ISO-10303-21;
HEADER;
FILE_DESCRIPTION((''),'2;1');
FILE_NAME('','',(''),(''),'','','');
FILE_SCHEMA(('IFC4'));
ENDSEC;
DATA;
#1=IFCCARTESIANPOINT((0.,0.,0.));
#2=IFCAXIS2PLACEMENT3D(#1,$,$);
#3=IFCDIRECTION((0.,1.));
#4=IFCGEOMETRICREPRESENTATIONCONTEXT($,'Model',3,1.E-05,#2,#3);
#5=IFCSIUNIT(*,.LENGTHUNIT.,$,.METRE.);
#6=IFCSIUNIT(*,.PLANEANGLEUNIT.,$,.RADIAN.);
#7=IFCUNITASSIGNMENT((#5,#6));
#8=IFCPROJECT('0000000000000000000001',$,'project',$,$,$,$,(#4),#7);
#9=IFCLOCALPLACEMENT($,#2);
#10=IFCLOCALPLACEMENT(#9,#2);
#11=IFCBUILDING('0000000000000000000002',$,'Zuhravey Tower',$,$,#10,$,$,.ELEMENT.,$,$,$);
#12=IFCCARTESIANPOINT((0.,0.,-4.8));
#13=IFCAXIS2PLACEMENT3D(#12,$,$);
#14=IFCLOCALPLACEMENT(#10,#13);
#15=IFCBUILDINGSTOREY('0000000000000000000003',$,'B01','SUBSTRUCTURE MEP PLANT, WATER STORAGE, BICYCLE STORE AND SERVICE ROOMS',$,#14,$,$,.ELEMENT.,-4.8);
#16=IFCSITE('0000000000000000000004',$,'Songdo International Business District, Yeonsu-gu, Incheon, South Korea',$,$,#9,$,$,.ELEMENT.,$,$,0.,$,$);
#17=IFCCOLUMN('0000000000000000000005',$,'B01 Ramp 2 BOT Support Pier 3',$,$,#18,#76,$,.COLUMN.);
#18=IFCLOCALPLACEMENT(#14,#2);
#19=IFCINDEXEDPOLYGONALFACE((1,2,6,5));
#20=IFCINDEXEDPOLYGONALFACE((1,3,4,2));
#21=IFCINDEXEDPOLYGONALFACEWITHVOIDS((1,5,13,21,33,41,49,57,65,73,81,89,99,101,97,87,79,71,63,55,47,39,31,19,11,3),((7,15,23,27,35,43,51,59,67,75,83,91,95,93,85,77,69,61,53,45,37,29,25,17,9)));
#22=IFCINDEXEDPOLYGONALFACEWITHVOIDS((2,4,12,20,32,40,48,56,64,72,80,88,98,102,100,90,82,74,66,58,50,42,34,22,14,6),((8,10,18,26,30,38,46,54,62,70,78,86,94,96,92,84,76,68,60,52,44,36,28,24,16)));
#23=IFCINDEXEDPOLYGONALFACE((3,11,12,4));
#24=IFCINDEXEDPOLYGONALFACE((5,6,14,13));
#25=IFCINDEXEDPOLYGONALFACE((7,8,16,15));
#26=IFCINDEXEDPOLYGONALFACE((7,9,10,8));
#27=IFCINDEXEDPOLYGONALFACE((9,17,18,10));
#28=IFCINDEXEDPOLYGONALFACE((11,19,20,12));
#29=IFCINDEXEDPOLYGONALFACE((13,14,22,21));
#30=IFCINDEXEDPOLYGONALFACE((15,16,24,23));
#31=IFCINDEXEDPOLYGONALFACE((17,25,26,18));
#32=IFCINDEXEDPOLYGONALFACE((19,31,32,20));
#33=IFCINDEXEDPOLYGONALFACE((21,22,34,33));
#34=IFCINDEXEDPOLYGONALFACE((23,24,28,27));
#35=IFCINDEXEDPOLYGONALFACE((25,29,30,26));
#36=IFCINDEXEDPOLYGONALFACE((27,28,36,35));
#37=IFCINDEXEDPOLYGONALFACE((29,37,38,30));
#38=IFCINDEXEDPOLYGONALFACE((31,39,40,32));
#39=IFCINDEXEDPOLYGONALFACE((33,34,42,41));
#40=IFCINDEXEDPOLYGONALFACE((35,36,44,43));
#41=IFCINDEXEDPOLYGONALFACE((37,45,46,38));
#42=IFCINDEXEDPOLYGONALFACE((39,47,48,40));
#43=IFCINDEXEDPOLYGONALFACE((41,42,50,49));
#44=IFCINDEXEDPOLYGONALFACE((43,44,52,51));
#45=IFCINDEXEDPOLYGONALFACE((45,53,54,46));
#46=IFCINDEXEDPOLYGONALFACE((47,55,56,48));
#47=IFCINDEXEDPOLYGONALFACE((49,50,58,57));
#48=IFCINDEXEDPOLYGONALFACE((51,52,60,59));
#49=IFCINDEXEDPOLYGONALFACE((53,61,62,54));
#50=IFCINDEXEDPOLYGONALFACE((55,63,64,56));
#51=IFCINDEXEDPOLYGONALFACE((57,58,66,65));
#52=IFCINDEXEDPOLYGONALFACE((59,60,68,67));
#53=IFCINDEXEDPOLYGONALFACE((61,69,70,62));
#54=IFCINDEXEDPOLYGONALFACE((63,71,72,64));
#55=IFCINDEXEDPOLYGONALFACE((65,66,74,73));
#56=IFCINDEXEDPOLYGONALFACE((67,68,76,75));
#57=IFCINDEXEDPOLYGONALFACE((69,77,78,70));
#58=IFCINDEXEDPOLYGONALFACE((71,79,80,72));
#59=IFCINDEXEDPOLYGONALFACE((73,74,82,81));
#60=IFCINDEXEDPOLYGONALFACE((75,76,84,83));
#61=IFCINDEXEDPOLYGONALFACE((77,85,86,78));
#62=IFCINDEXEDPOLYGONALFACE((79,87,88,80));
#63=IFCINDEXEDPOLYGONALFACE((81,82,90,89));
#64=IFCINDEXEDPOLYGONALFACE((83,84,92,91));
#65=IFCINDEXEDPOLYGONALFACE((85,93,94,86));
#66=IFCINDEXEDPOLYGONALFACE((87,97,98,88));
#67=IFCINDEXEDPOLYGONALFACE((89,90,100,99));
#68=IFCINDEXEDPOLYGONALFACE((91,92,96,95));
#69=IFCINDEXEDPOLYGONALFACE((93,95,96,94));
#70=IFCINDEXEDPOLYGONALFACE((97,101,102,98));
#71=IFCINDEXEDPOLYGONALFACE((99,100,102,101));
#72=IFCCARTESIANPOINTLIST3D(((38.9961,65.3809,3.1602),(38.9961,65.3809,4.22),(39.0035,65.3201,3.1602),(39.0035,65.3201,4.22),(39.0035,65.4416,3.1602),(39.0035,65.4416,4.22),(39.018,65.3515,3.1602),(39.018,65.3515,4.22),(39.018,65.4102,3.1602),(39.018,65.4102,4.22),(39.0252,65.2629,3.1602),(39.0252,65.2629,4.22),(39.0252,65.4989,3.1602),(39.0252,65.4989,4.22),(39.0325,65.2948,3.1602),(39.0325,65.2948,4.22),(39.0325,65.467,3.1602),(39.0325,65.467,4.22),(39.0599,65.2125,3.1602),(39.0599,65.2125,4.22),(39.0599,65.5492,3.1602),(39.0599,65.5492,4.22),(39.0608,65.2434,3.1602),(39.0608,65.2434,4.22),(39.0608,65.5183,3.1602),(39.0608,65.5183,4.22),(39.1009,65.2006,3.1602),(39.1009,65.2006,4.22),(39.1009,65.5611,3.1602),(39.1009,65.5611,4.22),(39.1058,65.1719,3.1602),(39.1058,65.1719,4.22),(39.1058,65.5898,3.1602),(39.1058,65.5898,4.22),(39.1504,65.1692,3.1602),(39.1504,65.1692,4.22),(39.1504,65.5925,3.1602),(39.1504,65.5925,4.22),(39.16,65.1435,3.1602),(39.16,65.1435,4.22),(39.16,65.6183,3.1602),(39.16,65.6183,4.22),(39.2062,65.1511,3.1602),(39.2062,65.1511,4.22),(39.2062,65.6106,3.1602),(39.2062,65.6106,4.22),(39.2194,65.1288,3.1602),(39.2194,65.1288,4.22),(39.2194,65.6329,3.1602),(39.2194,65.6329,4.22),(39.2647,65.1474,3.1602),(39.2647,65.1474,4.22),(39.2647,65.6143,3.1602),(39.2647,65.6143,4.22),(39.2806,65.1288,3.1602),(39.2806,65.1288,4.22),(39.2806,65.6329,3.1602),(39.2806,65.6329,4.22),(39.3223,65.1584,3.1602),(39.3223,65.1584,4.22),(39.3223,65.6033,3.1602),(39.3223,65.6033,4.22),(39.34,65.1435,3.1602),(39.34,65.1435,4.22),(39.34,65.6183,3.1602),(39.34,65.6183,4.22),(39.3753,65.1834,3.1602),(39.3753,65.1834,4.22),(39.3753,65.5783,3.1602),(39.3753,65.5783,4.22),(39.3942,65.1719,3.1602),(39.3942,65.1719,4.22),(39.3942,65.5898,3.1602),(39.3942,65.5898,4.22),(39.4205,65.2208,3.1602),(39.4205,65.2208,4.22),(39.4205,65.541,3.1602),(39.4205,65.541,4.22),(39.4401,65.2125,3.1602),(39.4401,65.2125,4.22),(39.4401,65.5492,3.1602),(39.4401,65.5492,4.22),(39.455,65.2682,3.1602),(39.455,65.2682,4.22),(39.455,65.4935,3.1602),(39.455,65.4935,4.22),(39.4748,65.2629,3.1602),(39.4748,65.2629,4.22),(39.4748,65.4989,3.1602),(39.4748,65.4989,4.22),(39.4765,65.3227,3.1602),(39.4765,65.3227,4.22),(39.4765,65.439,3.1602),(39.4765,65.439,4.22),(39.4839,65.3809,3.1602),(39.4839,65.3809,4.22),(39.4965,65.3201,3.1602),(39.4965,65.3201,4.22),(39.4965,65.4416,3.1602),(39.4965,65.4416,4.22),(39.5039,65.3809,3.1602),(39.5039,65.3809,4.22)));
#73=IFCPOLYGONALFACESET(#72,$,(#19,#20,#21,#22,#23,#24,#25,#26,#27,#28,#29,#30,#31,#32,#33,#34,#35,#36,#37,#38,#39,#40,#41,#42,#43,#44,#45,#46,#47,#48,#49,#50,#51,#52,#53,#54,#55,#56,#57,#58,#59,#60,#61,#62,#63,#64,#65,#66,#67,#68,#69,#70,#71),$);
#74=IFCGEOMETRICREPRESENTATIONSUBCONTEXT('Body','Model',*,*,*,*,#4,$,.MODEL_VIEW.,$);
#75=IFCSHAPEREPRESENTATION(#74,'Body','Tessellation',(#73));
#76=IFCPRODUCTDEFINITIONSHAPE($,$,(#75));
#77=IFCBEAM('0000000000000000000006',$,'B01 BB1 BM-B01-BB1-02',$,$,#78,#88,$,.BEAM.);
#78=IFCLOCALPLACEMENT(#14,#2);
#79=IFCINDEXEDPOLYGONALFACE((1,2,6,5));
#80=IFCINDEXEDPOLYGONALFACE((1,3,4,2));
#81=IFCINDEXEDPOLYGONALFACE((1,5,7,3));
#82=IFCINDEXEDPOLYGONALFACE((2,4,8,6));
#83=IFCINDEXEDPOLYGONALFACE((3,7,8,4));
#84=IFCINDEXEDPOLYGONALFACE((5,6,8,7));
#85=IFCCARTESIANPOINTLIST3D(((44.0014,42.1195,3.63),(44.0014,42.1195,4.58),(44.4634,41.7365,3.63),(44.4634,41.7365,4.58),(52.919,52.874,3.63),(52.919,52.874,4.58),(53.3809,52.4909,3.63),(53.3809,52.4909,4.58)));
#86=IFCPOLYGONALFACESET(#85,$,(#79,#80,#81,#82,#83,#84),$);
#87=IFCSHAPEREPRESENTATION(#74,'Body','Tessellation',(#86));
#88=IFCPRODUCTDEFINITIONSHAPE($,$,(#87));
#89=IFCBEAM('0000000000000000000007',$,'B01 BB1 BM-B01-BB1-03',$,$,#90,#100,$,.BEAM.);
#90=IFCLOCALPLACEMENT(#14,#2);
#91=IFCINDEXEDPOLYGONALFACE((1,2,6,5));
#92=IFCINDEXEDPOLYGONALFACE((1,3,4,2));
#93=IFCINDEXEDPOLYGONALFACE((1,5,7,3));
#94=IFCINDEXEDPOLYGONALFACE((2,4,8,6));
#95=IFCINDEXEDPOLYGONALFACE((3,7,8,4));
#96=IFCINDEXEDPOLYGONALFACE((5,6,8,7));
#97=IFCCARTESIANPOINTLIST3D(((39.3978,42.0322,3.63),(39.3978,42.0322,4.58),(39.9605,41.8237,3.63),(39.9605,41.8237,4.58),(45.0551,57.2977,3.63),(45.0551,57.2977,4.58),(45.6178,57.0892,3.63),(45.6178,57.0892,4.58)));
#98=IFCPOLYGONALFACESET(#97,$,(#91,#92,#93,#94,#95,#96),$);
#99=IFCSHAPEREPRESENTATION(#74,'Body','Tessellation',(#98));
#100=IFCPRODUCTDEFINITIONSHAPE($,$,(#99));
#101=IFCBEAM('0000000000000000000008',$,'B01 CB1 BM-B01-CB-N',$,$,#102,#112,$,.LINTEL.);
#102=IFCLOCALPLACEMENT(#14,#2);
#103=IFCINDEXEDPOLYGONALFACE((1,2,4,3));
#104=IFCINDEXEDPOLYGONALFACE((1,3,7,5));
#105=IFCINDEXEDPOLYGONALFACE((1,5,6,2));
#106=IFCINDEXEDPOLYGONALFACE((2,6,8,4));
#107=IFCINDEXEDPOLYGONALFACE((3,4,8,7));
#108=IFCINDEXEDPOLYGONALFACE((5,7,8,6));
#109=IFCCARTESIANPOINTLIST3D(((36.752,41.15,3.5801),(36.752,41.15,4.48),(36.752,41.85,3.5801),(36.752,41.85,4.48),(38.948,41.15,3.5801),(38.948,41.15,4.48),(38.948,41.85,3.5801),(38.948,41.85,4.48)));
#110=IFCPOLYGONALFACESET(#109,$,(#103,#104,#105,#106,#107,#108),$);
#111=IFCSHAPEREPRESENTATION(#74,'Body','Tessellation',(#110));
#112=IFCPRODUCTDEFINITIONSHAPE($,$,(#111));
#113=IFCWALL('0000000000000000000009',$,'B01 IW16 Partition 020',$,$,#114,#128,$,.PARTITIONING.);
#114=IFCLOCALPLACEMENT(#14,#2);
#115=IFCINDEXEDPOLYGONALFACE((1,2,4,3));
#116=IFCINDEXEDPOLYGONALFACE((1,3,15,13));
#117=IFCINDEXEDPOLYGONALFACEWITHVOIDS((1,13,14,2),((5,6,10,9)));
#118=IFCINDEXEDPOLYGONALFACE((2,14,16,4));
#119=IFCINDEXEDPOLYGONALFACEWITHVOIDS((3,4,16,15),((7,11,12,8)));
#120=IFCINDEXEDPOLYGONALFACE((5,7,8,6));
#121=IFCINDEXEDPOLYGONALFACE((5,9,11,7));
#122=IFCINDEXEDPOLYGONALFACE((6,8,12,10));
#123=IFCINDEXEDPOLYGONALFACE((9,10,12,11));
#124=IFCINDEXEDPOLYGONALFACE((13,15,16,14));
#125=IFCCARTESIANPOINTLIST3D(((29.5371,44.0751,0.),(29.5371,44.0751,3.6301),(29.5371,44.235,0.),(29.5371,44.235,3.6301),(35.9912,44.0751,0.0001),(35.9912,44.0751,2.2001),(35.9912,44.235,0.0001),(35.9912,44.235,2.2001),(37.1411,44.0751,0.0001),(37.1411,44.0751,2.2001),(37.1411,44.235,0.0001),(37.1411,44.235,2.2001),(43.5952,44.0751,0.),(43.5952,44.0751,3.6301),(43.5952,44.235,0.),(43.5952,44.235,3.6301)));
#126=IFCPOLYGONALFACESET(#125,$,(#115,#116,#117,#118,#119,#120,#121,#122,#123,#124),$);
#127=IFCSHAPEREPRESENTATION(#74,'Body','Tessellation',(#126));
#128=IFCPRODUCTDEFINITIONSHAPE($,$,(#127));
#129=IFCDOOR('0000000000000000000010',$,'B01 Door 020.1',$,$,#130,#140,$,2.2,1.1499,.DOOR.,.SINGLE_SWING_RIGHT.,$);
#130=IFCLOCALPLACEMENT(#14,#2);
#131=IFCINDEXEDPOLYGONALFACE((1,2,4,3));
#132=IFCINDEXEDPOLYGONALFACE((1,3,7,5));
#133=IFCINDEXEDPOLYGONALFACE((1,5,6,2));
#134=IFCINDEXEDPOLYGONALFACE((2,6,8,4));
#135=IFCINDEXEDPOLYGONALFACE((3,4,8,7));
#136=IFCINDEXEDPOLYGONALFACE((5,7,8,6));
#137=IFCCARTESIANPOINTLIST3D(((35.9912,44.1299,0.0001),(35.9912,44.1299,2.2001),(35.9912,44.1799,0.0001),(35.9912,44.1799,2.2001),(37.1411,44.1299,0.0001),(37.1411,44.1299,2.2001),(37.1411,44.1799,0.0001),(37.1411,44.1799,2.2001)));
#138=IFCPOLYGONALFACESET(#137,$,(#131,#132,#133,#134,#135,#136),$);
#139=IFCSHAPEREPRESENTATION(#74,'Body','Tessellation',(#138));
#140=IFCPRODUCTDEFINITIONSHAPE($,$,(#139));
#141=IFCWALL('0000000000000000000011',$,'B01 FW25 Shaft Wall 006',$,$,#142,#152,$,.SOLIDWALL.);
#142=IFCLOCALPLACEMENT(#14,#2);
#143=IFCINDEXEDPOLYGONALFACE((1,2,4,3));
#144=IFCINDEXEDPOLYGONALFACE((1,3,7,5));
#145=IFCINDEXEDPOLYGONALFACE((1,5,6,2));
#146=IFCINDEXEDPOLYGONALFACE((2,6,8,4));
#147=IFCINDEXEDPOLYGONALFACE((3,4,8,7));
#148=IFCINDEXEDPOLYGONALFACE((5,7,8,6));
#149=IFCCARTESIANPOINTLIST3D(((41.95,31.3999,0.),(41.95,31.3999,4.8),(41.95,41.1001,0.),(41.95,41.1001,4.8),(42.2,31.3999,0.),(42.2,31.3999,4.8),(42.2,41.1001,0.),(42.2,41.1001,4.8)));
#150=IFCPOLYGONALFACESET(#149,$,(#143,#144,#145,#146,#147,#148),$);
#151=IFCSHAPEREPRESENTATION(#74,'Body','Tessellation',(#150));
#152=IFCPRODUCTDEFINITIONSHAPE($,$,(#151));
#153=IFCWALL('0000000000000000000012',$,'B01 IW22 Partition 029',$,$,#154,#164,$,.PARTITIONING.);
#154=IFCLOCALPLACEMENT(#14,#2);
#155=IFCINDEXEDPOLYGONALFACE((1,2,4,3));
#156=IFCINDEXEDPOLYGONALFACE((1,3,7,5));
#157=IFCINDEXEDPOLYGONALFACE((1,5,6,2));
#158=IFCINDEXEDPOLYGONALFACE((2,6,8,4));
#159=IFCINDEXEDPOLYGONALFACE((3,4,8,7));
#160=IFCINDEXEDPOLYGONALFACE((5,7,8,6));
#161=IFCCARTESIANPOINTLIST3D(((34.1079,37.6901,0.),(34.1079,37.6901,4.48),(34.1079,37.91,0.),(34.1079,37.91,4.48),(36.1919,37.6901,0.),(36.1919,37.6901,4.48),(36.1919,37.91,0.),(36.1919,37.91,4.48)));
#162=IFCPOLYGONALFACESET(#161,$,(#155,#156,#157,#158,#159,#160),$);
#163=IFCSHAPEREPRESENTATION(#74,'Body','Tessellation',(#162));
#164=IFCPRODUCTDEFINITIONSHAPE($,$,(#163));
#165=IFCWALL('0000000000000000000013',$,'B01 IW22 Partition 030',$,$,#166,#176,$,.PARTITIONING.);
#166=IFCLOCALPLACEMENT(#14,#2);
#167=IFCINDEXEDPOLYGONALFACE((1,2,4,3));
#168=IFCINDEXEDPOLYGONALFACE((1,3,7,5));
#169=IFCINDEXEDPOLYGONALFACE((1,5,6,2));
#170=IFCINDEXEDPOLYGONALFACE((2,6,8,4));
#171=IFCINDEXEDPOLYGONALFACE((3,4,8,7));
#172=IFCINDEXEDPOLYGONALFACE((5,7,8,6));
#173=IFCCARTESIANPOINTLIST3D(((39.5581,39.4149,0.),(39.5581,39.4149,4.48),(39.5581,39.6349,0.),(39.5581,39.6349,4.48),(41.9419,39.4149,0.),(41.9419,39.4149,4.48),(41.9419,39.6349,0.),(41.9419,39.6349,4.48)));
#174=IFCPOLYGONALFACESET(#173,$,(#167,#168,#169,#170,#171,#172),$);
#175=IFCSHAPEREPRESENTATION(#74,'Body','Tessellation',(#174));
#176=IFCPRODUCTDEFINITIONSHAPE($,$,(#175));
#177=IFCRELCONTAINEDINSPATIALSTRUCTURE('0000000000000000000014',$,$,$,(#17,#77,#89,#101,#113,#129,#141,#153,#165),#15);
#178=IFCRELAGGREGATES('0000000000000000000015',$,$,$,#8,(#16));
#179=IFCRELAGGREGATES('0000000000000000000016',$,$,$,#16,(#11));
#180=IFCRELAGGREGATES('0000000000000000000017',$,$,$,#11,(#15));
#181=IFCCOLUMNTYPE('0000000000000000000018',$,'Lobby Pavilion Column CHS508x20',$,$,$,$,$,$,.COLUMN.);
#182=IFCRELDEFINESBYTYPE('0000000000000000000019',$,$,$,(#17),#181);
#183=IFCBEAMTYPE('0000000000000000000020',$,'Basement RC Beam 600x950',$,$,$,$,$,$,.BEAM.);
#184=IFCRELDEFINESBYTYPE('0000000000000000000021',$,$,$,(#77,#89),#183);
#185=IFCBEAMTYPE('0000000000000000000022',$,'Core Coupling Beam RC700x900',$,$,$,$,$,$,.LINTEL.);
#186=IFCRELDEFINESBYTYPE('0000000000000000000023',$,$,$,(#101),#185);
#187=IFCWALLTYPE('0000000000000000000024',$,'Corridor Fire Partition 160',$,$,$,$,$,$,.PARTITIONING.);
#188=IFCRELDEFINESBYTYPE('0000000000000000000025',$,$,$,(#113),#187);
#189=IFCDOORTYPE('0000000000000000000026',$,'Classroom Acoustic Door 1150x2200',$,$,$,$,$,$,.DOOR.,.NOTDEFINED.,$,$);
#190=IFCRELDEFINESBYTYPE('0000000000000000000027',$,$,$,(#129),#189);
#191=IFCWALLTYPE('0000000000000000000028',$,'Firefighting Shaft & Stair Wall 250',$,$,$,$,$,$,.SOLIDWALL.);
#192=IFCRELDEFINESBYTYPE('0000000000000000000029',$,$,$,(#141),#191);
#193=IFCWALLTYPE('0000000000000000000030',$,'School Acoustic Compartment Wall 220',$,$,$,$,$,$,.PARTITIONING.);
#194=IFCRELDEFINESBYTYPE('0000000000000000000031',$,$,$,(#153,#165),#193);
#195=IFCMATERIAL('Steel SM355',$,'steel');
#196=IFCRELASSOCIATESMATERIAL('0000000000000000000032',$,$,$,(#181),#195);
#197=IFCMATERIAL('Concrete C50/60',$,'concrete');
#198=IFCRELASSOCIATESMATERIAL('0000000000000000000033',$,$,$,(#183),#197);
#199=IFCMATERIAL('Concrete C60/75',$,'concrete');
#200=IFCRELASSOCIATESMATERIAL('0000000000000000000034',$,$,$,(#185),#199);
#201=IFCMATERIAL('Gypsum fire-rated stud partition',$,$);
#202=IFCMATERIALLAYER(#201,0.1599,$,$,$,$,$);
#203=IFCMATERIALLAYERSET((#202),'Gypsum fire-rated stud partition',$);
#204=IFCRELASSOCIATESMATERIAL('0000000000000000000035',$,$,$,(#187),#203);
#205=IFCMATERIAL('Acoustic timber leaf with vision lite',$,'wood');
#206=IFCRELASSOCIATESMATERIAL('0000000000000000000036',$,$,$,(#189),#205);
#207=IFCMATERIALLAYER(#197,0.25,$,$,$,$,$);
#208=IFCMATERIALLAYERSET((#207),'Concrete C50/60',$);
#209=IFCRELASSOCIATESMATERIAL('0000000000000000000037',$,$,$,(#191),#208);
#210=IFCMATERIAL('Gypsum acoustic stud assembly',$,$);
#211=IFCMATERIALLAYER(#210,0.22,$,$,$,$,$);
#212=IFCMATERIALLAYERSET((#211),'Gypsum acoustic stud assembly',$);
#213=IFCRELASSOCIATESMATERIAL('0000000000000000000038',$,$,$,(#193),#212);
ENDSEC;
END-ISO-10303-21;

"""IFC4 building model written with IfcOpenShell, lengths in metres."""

from ifc_helpers import new_model, si_unit, direction, frame, frame_2d, origin, origin_2d, place, context, subcontext, project, spatial, rectangle, hollow_circle, extrude, material, layer, layer_set, material_profile, profile_set, type_object, element, fill, save


model = new_model("IFC4")

# Units and contexts
model_context = context("Model", 3, precision=1e-05, world=origin(), true_north=direction((0.0, 1.0)))
body_context = subcontext(model_context, "Body", "Model", "MODEL_VIEW")
ifc_project = project(units=[si_unit("LENGTHUNIT", "METRE"), si_unit("PLANEANGLEUNIT", "RADIAN")], contexts=[model_context])

# Site, building, storey
site_placement = place(None, origin())
site = spatial("IfcSite", under=ifc_project, at=site_placement, Name="Songdo International Business District, Yeonsu-gu, Incheon, South Korea", CompositionType="ELEMENT", RefElevation=0.0)
building_placement = place(site_placement, origin())
building = spatial("IfcBuilding", under=site, at=building_placement, Name="Zuhravey Tower", CompositionType="ELEMENT")
storey_placement = place(building_placement, frame((0.0, 0.0, -4.8)))
storey = spatial("IfcBuildingStorey", under=building, at=storey_placement, Name="B01", Description="SUBSTRUCTURE MEP PLANT, WATER STORAGE, BICYCLE STORE AND SERVICE ROOMS", CompositionType="ELEMENT", Elevation=-4.8)

# Column
ifc_material_1 = material(Name="Concrete C60/75", Category="concrete")
ifc_material_2 = material(Name="Steel SM355", Category="steel")
ifc_material_profile_1 = material_profile(ifc_material_2, hollow_circle(Radius=0.2539, WallThickness=0.02, at=origin_2d()), Name="CHS-508x20")
ifc_profile_set_1 = profile_set([ifc_material_profile_1], Name="Steel SM355")
column_type_1 = type_object("IfcColumnType", Name="Lobby Pavilion Column CHS508x20", PredefinedType="COLUMN", material=ifc_profile_set_1)
for number, where, z_axis, x_axis, name in (
    (1, (39.25, 65.3809, 3.1602), (0.0, 0.0, 1.0), (1.0, 0.0, 0.0), "B01 Ramp 2 BOT Support Pier 3"),
):
    element("IfcColumn", number, at=place(storey_placement, frame(where, z_axis=z_axis, x_axis=x_axis)), inside=storey, type_object=column_type_1, Name=name, PredefinedType="COLUMN", context=body_context, shape_type="SweptSolid", body=[
        extrude(hollow_circle(Radius=0.2539, WallThickness=0.02, at=origin_2d()), origin(), (0.0, 0.0, 1.0), 1.0598),
    ])

# Beams
ifc_material_3 = material(Name="Concrete C50/60", Category="concrete")
ifc_material_profile_2 = material_profile(ifc_material_3, rectangle(XDim=0.6001, YDim=0.95, at=origin_2d()), Name="RC-600x950")
ifc_profile_set_2 = profile_set([ifc_material_profile_2], Name="Concrete C50/60")
beam_type_1 = type_object("IfcBeamType", Name="Basement RC Beam 600x950", PredefinedType="BEAM", material=ifc_profile_set_2)
beam_1_placement = place(storey_placement, frame((44.2324, 41.928, 4.105), z_axis=(0.638302, 0.769786, 0.0), x_axis=(-0.769786, 0.638302, 0.0)))
element("IfcBeam", 2, at=beam_1_placement, inside=storey, type_object=beam_type_1, Name="B01 BB1 BM-B01-BB1-02", PredefinedType="BEAM", context=body_context, shape_type="SweptSolid", body=[
    extrude(rectangle(XDim=0.6001, YDim=0.95, at=origin_2d()), origin(), (0.0, 0.0, 1.0), 13.9707),
])
beam_2_placement = place(storey_placement, frame((39.6792, 41.928, 4.105), z_axis=(0.347497, 0.937681, 0.0), x_axis=(-0.937681, 0.347497, 0.0)))
element("IfcBeam", 3, at=beam_2_placement, inside=storey, type_object=beam_type_1, Name="B01 BB1 BM-B01-BB1-03", PredefinedType="BEAM", context=body_context, shape_type="SweptSolid", body=[
    extrude(rectangle(XDim=0.6001, YDim=0.95, at=origin_2d()), origin(), (0.0, 0.0, 1.0), 16.28),
])
ifc_material_profile_3 = material_profile(ifc_material_1, rectangle(XDim=0.7, YDim=0.8999, at=origin_2d()), Name="RC-700x900")
ifc_profile_set_3 = profile_set([ifc_material_profile_3], Name="Concrete C60/75")
beam_type_2 = type_object("IfcBeamType", Name="Core Coupling Beam RC700x900", PredefinedType="LINTEL", material=ifc_profile_set_3)
beam_3_placement = place(storey_placement, frame((36.752, 41.5, 4.03), z_axis=(1.0, 0.0, 0.0), x_axis=(0.0, 1.0, 0.0)))
element("IfcBeam", 4, at=beam_3_placement, inside=storey, type_object=beam_type_2, Name="B01 CB1 BM-B01-CB-N", PredefinedType="LINTEL", context=body_context, shape_type="SweptSolid", body=[
    extrude(rectangle(XDim=0.7, YDim=0.8999, at=origin_2d()), origin(), (0.0, 0.0, 1.0), 2.196),
])

# Wall, opening, door
ifc_material_4 = material(Name="Gypsum fire-rated stud partition")
ifc_layer_1 = layer(ifc_material_4, 0.1599)
ifc_layer_set_1 = layer_set([ifc_layer_1], Name="Gypsum fire-rated stud partition")
wall_type_1 = type_object("IfcWallType", Name="Corridor Fire Partition 160", PredefinedType="PARTITIONING", material=ifc_layer_set_1)
wall_1_placement = place(storey_placement, frame((43.5952, 44.155, 0.0), z_axis=(0.0, 0.0, 1.0), x_axis=(-1.0, 0.0, 0.0)))
wall_1 = element("IfcWall", 5, at=wall_1_placement, inside=storey, type_object=wall_type_1, Name="B01 IW16 Partition 020", PredefinedType="PARTITIONING", context=body_context, shape_type="SweptSolid", body=[
    extrude(rectangle(XDim=14.0581, YDim=0.1599, at=frame_2d((7.0291, 0.0))), origin(), (0.0, 0.0, 1.0), 3.6301),
])
opening_1_placement = place(wall_1_placement, frame((6.4541, 0.0, 0.0)))
opening_1 = element("IfcOpeningElement", 6, at=opening_1_placement, cuts=wall_1, PredefinedType="OPENING", context=body_context, shape_type="SweptSolid", body=[
    extrude(rectangle(XDim=1.1499, YDim=2.2, at=frame_2d((0.575, 1.1001))), frame((0.0, 0.092, 0.0), z_axis=(0.0, -1.0, 0.0), x_axis=(1.0, 0.0, 0.0)), (0.0, 0.0, 1.0), 0.1838),
])
ifc_material_5 = material(Name="Acoustic timber leaf with vision lite", Category="wood")
door_type_1 = type_object("IfcDoorType", Name="Classroom Acoustic Door 1150x2200", OperationType="NOTDEFINED", PredefinedType="DOOR", material=ifc_material_5)
door_1_placement = place(opening_1_placement, frame((1.1499, 0.0, 0.0), z_axis=(0.0, 0.0, 1.0), x_axis=(-1.0, 0.0, 0.0)))
door_1 = element("IfcDoor", 7, at=door_1_placement, inside=storey, type_object=door_type_1, Name="B01 Door 020.1", OperationType="SINGLE_SWING_RIGHT", OverallHeight=2.2, OverallWidth=1.1499, PredefinedType="DOOR", context=body_context, shape_type="SweptSolid", body=[
    extrude(rectangle(XDim=1.1499, YDim=2.2, at=frame_2d((0.575, 1.1001))), frame((0.0, 0.0249, 0.0), z_axis=(0.0, -1.0, 0.0), x_axis=(1.0, 0.0, 0.0)), (0.0, 0.0, 1.0), 0.05),
])
fill(opening_1, door_1)
ifc_layer_2 = layer(ifc_material_3, 0.25)
ifc_layer_set_2 = layer_set([ifc_layer_2], Name="Concrete C50/60")
wall_type_2 = type_object("IfcWallType", Name="Firefighting Shaft & Stair Wall 250", PredefinedType="SOLIDWALL", material=ifc_layer_set_2)

# Walls
wall_2_placement = place(storey_placement, frame((42.075, 31.3999, 0.0), z_axis=(0.0, 0.0, 1.0), x_axis=(0.0, 1.0, 0.0)))
element("IfcWall", 8, at=wall_2_placement, inside=storey, type_object=wall_type_2, Name="B01 FW25 Shaft Wall 006", PredefinedType="SOLIDWALL", context=body_context, shape_type="SweptSolid", body=[
    extrude(rectangle(XDim=9.7002, YDim=0.25, at=frame_2d((4.8501, 0.0))), origin(), (0.0, 0.0, 1.0), 4.8),
])
ifc_material_6 = material(Name="Gypsum acoustic stud assembly")
ifc_layer_3 = layer(ifc_material_6, 0.22)
ifc_layer_set_3 = layer_set([ifc_layer_3], Name="Gypsum acoustic stud assembly")
wall_type_3 = type_object("IfcWallType", Name="School Acoustic Compartment Wall 220", PredefinedType="PARTITIONING", material=ifc_layer_set_3)
wall_3_placement = place(storey_placement, frame((34.1079, 37.8, 0.0), z_axis=(0.0, 0.0, 1.0), x_axis=(1.0, 0.0, 0.0)))
element("IfcWall", 9, at=wall_3_placement, inside=storey, type_object=wall_type_3, Name="B01 IW22 Partition 029", PredefinedType="PARTITIONING", context=body_context, shape_type="SweptSolid", body=[
    extrude(rectangle(XDim=2.084, YDim=0.22, at=frame_2d((1.042, 0.0))), origin(), (0.0, 0.0, 1.0), 4.48),
])
wall_4_placement = place(storey_placement, frame((39.5581, 39.5249, 0.0), z_axis=(0.0, 0.0, 1.0), x_axis=(1.0, 0.0, 0.0)))
element("IfcWall", 10, at=wall_4_placement, inside=storey, type_object=wall_type_3, Name="B01 IW22 Partition 030", PredefinedType="PARTITIONING", context=body_context, shape_type="SweptSolid", body=[
    extrude(rectangle(XDim=2.3838, YDim=0.22, at=frame_2d((1.1919, 0.0))), origin(), (0.0, 0.0, 1.0), 4.48),
])

save(model, "model.ifc")
